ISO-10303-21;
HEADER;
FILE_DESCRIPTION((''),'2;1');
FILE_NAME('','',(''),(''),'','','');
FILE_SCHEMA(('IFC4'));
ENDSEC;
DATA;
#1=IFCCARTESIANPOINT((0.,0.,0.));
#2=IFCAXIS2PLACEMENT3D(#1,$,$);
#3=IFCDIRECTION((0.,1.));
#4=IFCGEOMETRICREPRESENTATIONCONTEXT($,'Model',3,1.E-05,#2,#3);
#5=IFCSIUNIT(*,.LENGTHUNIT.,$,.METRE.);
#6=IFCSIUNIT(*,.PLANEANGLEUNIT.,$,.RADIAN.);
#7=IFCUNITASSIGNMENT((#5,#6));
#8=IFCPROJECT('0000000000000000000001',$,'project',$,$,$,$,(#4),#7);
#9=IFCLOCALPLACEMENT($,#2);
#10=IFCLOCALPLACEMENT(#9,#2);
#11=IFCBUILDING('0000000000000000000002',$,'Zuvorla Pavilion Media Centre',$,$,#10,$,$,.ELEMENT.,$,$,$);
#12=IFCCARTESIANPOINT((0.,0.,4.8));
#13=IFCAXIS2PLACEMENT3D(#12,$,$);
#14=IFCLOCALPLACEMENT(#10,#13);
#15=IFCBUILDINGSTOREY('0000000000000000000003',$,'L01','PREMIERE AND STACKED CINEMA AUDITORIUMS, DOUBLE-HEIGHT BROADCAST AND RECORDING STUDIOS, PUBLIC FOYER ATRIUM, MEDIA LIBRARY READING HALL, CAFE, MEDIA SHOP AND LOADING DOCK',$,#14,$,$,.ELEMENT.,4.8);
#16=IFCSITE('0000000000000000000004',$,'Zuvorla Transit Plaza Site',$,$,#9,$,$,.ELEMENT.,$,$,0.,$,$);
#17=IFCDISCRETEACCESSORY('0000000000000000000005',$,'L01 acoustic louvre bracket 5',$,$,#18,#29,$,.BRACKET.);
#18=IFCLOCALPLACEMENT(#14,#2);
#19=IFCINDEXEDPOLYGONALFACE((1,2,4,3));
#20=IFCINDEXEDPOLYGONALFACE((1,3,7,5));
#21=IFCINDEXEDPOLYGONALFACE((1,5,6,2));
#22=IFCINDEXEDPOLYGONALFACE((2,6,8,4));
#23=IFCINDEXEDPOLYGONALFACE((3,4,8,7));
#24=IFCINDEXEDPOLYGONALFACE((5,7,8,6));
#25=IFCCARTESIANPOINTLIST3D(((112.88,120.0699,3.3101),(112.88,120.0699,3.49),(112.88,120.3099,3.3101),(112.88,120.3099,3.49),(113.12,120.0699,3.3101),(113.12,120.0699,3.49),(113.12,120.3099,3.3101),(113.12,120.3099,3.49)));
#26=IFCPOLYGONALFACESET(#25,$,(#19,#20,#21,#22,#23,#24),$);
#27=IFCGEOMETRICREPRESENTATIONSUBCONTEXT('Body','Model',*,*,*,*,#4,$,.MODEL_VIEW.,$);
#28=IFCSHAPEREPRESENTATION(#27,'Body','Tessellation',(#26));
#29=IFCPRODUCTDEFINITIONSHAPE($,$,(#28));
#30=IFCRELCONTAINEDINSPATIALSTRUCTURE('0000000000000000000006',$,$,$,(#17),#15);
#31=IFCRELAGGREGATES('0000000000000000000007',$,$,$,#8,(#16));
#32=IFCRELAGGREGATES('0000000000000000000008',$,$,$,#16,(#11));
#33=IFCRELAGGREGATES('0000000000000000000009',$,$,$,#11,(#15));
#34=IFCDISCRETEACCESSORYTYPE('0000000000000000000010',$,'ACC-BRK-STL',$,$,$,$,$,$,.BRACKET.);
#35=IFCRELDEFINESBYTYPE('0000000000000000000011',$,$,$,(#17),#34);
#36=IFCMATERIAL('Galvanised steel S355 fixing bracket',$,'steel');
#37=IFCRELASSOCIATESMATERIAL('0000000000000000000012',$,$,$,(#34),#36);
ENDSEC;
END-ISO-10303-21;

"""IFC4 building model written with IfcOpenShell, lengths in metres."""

from ifc_helpers import new_model, si_unit, direction, frame, origin, origin_2d, place, context, subcontext, project, spatial, rectangle, extrude, material, type_object, element, save


model = new_model("IFC4")

# Units and contexts
model_context = context("Model", 3, precision=1e-05, world=origin(), true_north=direction((0.0, 1.0)))
body_context = subcontext(model_context, "Body", "Model", "MODEL_VIEW")
ifc_project = project(units=[si_unit("LENGTHUNIT", "METRE"), si_unit("PLANEANGLEUNIT", "RADIAN")], contexts=[model_context])

# Site, building, storey
site_placement = place(None, origin())
site = spatial("IfcSite", under=ifc_project, at=site_placement, Name="Zuvorla Transit Plaza Site", CompositionType="ELEMENT", RefElevation=0.0)
building_placement = place(site_placement, origin())
building = spatial("IfcBuilding", under=site, at=building_placement, Name="Zuvorla Pavilion Media Centre", CompositionType="ELEMENT")
storey_placement = place(building_placement, frame((0.0, 0.0, 4.8)))
storey = spatial("IfcBuildingStorey", under=building, at=storey_placement, Name="L01", Description="PREMIERE AND STACKED CINEMA AUDITORIUMS, DOUBLE-HEIGHT BROADCAST AND RECORDING STUDIOS, PUBLIC FOYER ATRIUM, MEDIA LIBRARY READING HALL, CAFE, MEDIA SHOP AND LOADING DOCK", CompositionType="ELEMENT", Elevation=4.8)

# Discrete accessory
ifc_material_1 = material(Name="Galvanised steel S355 fixing bracket", Category="steel")
discrete_accessory_type = type_object("IfcDiscreteAccessoryType", Name="ACC-BRK-STL", PredefinedType="BRACKET", material=ifc_material_1)
for number, where, z_axis, x_axis, name in (
    (1, (113.0, 120.1899, 3.3101), (0.0, 0.0, 1.0), (1.0, 0.0, 0.0), "L01 acoustic louvre bracket 5"),
):
    element("IfcDiscreteAccessory", number, at=place(storey_placement, frame(where, z_axis=z_axis, x_axis=x_axis)), inside=storey, type_object=discrete_accessory_type, Name=name, PredefinedType="BRACKET", context=body_context, shape_type="SweptSolid", body=[
        extrude(rectangle(XDim=0.24, YDim=0.24, at=origin_2d()), origin(), (0.0, 0.0, 1.0), 0.1799),
    ])

save(model, "model.ifc")
